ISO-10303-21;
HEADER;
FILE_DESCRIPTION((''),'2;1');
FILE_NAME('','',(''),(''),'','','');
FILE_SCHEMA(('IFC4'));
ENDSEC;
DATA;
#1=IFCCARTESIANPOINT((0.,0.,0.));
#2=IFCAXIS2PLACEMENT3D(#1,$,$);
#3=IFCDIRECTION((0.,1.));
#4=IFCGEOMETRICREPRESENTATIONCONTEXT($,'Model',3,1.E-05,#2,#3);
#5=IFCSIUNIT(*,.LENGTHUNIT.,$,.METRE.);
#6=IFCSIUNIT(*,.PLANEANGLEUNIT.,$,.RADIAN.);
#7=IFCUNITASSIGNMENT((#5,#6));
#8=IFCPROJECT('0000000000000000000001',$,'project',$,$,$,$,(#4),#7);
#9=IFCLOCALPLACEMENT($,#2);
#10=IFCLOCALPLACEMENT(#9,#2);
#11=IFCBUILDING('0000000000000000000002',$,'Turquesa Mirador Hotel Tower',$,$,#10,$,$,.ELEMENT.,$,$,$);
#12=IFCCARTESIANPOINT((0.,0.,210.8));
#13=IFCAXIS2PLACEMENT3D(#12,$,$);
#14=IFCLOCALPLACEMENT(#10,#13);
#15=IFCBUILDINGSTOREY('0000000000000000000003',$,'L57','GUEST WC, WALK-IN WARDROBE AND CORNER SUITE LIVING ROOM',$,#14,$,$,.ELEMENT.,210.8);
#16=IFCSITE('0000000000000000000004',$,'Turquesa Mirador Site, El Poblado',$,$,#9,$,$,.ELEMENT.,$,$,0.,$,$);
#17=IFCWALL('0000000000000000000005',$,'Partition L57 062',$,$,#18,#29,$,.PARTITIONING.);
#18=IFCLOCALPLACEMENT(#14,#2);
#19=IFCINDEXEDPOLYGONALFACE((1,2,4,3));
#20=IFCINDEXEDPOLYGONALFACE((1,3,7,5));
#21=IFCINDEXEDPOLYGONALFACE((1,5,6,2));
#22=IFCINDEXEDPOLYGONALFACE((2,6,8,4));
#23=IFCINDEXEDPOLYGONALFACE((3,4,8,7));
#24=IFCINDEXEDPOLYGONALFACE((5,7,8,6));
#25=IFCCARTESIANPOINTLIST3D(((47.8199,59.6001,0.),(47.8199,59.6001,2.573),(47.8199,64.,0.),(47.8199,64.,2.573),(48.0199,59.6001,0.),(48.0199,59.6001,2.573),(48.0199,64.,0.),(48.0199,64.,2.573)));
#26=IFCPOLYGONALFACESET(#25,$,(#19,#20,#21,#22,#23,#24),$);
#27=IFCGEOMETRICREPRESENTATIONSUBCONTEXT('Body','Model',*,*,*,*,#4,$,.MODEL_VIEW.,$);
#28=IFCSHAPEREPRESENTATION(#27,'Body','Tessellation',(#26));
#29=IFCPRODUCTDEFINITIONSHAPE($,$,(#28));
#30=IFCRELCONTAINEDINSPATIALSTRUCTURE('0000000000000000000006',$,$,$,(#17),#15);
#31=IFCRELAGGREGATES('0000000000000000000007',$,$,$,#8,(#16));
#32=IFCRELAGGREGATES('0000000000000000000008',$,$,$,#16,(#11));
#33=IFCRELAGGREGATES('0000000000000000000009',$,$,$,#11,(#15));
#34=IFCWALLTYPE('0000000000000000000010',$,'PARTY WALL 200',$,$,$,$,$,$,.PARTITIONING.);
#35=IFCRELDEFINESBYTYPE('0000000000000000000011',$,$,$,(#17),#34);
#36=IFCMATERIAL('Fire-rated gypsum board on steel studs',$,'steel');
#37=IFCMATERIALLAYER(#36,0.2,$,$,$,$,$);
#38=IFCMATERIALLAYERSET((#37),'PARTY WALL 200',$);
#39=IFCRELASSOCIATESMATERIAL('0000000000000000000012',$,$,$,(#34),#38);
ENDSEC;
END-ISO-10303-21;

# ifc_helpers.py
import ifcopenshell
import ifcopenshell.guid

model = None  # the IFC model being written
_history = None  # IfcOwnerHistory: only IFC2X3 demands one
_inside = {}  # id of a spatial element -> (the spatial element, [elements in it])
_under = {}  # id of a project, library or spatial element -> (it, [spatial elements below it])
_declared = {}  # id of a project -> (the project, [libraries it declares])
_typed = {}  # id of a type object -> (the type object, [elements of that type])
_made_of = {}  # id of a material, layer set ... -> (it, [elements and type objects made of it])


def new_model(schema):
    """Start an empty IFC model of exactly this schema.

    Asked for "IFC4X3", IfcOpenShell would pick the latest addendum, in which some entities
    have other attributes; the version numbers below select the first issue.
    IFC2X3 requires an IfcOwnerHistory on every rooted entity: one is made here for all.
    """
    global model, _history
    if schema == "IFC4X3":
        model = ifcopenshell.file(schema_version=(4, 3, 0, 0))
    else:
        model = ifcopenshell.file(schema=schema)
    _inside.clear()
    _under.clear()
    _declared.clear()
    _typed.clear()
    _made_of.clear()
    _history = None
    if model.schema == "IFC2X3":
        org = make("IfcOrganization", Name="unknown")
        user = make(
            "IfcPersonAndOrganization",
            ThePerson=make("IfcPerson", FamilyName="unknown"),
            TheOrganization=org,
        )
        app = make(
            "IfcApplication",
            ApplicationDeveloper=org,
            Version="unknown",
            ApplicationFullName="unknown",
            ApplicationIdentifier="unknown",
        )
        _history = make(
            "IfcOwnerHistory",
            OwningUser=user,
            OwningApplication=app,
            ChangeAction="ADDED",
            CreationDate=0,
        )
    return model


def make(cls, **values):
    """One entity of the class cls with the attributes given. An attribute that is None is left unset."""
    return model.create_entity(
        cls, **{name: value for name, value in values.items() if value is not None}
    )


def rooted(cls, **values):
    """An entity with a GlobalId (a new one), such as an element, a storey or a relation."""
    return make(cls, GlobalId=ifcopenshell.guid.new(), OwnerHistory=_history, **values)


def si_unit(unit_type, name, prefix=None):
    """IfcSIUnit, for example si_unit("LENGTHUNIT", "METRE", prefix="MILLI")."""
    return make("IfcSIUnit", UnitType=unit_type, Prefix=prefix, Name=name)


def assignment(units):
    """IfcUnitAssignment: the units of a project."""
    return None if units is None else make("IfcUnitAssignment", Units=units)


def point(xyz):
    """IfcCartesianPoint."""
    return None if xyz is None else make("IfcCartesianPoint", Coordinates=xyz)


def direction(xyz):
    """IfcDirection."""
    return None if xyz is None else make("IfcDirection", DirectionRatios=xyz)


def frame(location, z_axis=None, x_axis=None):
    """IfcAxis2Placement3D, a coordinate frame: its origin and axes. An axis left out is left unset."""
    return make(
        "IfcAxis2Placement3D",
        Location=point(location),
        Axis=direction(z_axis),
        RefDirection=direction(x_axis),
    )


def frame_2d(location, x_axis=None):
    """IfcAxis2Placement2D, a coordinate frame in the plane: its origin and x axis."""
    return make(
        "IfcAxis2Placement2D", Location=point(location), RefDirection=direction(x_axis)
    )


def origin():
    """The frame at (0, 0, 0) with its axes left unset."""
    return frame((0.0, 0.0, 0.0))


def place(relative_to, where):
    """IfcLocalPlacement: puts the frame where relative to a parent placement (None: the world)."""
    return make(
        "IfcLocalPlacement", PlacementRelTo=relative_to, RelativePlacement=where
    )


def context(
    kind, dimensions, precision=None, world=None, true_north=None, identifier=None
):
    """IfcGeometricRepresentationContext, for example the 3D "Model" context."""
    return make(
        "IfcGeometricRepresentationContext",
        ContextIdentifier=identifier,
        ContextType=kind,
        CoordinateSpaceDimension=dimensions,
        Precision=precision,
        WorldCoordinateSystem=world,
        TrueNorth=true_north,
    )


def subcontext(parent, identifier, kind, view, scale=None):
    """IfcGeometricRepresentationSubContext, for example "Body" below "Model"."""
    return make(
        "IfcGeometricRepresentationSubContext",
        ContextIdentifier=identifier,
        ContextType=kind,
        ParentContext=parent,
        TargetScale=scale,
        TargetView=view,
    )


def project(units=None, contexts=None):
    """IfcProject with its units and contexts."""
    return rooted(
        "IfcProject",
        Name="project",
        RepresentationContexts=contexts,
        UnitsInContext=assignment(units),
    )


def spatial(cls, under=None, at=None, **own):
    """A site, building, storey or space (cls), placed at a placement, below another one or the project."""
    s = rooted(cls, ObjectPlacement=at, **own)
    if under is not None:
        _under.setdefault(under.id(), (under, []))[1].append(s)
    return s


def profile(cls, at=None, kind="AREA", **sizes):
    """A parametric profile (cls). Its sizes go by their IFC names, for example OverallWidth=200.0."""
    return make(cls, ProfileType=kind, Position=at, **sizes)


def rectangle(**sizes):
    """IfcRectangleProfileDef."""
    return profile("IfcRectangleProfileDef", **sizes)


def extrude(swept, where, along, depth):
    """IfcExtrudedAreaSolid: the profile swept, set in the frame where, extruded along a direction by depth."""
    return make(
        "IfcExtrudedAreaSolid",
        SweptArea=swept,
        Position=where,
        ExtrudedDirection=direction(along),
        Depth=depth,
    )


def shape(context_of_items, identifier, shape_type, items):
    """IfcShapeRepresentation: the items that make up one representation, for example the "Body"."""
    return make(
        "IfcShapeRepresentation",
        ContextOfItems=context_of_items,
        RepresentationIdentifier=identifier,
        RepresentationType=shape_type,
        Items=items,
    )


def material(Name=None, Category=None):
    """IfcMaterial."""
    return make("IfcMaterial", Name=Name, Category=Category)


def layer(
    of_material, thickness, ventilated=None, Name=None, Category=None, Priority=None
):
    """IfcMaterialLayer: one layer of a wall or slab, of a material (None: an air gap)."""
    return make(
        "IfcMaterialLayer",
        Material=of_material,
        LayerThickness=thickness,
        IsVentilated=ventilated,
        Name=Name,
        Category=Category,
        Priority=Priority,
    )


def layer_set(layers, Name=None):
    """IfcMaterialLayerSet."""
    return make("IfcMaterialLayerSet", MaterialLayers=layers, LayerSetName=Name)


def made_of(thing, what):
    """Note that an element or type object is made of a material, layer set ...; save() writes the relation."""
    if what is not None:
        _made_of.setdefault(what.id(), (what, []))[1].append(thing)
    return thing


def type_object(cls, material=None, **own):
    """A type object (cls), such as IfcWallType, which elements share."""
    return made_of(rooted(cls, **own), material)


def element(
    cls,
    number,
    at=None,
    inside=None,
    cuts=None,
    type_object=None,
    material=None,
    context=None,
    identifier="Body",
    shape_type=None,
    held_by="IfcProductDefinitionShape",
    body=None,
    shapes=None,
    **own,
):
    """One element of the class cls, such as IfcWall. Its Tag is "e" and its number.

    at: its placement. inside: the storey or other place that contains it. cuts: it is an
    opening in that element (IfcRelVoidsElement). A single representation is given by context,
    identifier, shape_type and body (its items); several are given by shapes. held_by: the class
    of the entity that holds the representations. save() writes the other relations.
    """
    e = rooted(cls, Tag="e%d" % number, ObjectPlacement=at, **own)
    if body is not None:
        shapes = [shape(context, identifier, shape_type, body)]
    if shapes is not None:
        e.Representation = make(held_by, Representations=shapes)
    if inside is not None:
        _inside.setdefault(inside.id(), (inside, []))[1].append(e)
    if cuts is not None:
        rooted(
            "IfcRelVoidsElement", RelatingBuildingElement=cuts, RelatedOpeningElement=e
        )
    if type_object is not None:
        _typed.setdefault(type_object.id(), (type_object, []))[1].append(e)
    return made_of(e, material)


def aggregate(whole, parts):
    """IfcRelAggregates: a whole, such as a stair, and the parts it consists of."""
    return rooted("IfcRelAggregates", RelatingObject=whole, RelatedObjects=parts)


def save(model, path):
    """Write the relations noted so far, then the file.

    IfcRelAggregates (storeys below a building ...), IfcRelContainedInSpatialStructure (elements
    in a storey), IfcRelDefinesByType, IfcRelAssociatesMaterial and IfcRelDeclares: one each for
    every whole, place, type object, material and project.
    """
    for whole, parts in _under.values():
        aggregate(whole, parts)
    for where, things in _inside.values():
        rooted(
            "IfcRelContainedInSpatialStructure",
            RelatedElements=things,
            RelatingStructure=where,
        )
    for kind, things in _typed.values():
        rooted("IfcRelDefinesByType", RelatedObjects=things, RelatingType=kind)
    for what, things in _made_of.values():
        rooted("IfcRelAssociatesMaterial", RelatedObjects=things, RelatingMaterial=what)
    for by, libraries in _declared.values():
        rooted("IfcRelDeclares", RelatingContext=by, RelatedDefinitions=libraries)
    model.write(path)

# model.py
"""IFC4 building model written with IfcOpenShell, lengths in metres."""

from ifc_helpers import new_model, si_unit, direction, frame, frame_2d, origin, place, context, subcontext, project, spatial, rectangle, extrude, material, layer, layer_set, type_object, element, save


model = new_model("IFC4")

# Units and contexts
model_context = context("Model", 3, precision=1e-05, world=origin(), true_north=direction((0.0, 1.0)))
body_context = subcontext(model_context, "Body", "Model", "MODEL_VIEW")
ifc_project = project(units=[si_unit("LENGTHUNIT", "METRE"), si_unit("PLANEANGLEUNIT", "RADIAN")], contexts=[model_context])

# Site, building, storey
site_placement = place(None, origin())
site = spatial("IfcSite", under=ifc_project, at=site_placement, Name="Turquesa Mirador Site, El Poblado", CompositionType="ELEMENT", RefElevation=0.0)
building_placement = place(site_placement, origin())
building = spatial("IfcBuilding", under=site, at=building_placement, Name="Turquesa Mirador Hotel Tower", CompositionType="ELEMENT")
storey_placement = place(building_placement, frame((0.0, 0.0, 210.8)))
storey = spatial("IfcBuildingStorey", under=building, at=storey_placement, Name="L57", Description="GUEST WC, WALK-IN WARDROBE AND CORNER SUITE LIVING ROOM", CompositionType="ELEMENT", Elevation=210.8)

# Wall
ifc_material_1 = material(Name="Fire-rated gypsum board on steel studs", Category="steel")
ifc_layer_1 = layer(ifc_material_1, 0.2)
ifc_layer_set_1 = layer_set([ifc_layer_1], Name="PARTY WALL 200")
wall_type_1 = type_object("IfcWallType", Name="PARTY WALL 200", PredefinedType="PARTITIONING", material=ifc_layer_set_1)
wall_1_placement = place(storey_placement, frame((47.9199, 59.6001, 0.0), z_axis=(0.0, 0.0, 1.0), x_axis=(0.0, 1.0, 0.0)))
element("IfcWall", 1, at=wall_1_placement, inside=storey, type_object=wall_type_1, Name="Partition L57 062", PredefinedType="PARTITIONING", context=body_context, shape_type="SweptSolid", body=[
    extrude(rectangle(XDim=4.3999, YDim=0.2, at=frame_2d((2.2, 0.0))), origin(), (0.0, 0.0, 1.0), 2.573),
])

save(model, "model.ifc")
